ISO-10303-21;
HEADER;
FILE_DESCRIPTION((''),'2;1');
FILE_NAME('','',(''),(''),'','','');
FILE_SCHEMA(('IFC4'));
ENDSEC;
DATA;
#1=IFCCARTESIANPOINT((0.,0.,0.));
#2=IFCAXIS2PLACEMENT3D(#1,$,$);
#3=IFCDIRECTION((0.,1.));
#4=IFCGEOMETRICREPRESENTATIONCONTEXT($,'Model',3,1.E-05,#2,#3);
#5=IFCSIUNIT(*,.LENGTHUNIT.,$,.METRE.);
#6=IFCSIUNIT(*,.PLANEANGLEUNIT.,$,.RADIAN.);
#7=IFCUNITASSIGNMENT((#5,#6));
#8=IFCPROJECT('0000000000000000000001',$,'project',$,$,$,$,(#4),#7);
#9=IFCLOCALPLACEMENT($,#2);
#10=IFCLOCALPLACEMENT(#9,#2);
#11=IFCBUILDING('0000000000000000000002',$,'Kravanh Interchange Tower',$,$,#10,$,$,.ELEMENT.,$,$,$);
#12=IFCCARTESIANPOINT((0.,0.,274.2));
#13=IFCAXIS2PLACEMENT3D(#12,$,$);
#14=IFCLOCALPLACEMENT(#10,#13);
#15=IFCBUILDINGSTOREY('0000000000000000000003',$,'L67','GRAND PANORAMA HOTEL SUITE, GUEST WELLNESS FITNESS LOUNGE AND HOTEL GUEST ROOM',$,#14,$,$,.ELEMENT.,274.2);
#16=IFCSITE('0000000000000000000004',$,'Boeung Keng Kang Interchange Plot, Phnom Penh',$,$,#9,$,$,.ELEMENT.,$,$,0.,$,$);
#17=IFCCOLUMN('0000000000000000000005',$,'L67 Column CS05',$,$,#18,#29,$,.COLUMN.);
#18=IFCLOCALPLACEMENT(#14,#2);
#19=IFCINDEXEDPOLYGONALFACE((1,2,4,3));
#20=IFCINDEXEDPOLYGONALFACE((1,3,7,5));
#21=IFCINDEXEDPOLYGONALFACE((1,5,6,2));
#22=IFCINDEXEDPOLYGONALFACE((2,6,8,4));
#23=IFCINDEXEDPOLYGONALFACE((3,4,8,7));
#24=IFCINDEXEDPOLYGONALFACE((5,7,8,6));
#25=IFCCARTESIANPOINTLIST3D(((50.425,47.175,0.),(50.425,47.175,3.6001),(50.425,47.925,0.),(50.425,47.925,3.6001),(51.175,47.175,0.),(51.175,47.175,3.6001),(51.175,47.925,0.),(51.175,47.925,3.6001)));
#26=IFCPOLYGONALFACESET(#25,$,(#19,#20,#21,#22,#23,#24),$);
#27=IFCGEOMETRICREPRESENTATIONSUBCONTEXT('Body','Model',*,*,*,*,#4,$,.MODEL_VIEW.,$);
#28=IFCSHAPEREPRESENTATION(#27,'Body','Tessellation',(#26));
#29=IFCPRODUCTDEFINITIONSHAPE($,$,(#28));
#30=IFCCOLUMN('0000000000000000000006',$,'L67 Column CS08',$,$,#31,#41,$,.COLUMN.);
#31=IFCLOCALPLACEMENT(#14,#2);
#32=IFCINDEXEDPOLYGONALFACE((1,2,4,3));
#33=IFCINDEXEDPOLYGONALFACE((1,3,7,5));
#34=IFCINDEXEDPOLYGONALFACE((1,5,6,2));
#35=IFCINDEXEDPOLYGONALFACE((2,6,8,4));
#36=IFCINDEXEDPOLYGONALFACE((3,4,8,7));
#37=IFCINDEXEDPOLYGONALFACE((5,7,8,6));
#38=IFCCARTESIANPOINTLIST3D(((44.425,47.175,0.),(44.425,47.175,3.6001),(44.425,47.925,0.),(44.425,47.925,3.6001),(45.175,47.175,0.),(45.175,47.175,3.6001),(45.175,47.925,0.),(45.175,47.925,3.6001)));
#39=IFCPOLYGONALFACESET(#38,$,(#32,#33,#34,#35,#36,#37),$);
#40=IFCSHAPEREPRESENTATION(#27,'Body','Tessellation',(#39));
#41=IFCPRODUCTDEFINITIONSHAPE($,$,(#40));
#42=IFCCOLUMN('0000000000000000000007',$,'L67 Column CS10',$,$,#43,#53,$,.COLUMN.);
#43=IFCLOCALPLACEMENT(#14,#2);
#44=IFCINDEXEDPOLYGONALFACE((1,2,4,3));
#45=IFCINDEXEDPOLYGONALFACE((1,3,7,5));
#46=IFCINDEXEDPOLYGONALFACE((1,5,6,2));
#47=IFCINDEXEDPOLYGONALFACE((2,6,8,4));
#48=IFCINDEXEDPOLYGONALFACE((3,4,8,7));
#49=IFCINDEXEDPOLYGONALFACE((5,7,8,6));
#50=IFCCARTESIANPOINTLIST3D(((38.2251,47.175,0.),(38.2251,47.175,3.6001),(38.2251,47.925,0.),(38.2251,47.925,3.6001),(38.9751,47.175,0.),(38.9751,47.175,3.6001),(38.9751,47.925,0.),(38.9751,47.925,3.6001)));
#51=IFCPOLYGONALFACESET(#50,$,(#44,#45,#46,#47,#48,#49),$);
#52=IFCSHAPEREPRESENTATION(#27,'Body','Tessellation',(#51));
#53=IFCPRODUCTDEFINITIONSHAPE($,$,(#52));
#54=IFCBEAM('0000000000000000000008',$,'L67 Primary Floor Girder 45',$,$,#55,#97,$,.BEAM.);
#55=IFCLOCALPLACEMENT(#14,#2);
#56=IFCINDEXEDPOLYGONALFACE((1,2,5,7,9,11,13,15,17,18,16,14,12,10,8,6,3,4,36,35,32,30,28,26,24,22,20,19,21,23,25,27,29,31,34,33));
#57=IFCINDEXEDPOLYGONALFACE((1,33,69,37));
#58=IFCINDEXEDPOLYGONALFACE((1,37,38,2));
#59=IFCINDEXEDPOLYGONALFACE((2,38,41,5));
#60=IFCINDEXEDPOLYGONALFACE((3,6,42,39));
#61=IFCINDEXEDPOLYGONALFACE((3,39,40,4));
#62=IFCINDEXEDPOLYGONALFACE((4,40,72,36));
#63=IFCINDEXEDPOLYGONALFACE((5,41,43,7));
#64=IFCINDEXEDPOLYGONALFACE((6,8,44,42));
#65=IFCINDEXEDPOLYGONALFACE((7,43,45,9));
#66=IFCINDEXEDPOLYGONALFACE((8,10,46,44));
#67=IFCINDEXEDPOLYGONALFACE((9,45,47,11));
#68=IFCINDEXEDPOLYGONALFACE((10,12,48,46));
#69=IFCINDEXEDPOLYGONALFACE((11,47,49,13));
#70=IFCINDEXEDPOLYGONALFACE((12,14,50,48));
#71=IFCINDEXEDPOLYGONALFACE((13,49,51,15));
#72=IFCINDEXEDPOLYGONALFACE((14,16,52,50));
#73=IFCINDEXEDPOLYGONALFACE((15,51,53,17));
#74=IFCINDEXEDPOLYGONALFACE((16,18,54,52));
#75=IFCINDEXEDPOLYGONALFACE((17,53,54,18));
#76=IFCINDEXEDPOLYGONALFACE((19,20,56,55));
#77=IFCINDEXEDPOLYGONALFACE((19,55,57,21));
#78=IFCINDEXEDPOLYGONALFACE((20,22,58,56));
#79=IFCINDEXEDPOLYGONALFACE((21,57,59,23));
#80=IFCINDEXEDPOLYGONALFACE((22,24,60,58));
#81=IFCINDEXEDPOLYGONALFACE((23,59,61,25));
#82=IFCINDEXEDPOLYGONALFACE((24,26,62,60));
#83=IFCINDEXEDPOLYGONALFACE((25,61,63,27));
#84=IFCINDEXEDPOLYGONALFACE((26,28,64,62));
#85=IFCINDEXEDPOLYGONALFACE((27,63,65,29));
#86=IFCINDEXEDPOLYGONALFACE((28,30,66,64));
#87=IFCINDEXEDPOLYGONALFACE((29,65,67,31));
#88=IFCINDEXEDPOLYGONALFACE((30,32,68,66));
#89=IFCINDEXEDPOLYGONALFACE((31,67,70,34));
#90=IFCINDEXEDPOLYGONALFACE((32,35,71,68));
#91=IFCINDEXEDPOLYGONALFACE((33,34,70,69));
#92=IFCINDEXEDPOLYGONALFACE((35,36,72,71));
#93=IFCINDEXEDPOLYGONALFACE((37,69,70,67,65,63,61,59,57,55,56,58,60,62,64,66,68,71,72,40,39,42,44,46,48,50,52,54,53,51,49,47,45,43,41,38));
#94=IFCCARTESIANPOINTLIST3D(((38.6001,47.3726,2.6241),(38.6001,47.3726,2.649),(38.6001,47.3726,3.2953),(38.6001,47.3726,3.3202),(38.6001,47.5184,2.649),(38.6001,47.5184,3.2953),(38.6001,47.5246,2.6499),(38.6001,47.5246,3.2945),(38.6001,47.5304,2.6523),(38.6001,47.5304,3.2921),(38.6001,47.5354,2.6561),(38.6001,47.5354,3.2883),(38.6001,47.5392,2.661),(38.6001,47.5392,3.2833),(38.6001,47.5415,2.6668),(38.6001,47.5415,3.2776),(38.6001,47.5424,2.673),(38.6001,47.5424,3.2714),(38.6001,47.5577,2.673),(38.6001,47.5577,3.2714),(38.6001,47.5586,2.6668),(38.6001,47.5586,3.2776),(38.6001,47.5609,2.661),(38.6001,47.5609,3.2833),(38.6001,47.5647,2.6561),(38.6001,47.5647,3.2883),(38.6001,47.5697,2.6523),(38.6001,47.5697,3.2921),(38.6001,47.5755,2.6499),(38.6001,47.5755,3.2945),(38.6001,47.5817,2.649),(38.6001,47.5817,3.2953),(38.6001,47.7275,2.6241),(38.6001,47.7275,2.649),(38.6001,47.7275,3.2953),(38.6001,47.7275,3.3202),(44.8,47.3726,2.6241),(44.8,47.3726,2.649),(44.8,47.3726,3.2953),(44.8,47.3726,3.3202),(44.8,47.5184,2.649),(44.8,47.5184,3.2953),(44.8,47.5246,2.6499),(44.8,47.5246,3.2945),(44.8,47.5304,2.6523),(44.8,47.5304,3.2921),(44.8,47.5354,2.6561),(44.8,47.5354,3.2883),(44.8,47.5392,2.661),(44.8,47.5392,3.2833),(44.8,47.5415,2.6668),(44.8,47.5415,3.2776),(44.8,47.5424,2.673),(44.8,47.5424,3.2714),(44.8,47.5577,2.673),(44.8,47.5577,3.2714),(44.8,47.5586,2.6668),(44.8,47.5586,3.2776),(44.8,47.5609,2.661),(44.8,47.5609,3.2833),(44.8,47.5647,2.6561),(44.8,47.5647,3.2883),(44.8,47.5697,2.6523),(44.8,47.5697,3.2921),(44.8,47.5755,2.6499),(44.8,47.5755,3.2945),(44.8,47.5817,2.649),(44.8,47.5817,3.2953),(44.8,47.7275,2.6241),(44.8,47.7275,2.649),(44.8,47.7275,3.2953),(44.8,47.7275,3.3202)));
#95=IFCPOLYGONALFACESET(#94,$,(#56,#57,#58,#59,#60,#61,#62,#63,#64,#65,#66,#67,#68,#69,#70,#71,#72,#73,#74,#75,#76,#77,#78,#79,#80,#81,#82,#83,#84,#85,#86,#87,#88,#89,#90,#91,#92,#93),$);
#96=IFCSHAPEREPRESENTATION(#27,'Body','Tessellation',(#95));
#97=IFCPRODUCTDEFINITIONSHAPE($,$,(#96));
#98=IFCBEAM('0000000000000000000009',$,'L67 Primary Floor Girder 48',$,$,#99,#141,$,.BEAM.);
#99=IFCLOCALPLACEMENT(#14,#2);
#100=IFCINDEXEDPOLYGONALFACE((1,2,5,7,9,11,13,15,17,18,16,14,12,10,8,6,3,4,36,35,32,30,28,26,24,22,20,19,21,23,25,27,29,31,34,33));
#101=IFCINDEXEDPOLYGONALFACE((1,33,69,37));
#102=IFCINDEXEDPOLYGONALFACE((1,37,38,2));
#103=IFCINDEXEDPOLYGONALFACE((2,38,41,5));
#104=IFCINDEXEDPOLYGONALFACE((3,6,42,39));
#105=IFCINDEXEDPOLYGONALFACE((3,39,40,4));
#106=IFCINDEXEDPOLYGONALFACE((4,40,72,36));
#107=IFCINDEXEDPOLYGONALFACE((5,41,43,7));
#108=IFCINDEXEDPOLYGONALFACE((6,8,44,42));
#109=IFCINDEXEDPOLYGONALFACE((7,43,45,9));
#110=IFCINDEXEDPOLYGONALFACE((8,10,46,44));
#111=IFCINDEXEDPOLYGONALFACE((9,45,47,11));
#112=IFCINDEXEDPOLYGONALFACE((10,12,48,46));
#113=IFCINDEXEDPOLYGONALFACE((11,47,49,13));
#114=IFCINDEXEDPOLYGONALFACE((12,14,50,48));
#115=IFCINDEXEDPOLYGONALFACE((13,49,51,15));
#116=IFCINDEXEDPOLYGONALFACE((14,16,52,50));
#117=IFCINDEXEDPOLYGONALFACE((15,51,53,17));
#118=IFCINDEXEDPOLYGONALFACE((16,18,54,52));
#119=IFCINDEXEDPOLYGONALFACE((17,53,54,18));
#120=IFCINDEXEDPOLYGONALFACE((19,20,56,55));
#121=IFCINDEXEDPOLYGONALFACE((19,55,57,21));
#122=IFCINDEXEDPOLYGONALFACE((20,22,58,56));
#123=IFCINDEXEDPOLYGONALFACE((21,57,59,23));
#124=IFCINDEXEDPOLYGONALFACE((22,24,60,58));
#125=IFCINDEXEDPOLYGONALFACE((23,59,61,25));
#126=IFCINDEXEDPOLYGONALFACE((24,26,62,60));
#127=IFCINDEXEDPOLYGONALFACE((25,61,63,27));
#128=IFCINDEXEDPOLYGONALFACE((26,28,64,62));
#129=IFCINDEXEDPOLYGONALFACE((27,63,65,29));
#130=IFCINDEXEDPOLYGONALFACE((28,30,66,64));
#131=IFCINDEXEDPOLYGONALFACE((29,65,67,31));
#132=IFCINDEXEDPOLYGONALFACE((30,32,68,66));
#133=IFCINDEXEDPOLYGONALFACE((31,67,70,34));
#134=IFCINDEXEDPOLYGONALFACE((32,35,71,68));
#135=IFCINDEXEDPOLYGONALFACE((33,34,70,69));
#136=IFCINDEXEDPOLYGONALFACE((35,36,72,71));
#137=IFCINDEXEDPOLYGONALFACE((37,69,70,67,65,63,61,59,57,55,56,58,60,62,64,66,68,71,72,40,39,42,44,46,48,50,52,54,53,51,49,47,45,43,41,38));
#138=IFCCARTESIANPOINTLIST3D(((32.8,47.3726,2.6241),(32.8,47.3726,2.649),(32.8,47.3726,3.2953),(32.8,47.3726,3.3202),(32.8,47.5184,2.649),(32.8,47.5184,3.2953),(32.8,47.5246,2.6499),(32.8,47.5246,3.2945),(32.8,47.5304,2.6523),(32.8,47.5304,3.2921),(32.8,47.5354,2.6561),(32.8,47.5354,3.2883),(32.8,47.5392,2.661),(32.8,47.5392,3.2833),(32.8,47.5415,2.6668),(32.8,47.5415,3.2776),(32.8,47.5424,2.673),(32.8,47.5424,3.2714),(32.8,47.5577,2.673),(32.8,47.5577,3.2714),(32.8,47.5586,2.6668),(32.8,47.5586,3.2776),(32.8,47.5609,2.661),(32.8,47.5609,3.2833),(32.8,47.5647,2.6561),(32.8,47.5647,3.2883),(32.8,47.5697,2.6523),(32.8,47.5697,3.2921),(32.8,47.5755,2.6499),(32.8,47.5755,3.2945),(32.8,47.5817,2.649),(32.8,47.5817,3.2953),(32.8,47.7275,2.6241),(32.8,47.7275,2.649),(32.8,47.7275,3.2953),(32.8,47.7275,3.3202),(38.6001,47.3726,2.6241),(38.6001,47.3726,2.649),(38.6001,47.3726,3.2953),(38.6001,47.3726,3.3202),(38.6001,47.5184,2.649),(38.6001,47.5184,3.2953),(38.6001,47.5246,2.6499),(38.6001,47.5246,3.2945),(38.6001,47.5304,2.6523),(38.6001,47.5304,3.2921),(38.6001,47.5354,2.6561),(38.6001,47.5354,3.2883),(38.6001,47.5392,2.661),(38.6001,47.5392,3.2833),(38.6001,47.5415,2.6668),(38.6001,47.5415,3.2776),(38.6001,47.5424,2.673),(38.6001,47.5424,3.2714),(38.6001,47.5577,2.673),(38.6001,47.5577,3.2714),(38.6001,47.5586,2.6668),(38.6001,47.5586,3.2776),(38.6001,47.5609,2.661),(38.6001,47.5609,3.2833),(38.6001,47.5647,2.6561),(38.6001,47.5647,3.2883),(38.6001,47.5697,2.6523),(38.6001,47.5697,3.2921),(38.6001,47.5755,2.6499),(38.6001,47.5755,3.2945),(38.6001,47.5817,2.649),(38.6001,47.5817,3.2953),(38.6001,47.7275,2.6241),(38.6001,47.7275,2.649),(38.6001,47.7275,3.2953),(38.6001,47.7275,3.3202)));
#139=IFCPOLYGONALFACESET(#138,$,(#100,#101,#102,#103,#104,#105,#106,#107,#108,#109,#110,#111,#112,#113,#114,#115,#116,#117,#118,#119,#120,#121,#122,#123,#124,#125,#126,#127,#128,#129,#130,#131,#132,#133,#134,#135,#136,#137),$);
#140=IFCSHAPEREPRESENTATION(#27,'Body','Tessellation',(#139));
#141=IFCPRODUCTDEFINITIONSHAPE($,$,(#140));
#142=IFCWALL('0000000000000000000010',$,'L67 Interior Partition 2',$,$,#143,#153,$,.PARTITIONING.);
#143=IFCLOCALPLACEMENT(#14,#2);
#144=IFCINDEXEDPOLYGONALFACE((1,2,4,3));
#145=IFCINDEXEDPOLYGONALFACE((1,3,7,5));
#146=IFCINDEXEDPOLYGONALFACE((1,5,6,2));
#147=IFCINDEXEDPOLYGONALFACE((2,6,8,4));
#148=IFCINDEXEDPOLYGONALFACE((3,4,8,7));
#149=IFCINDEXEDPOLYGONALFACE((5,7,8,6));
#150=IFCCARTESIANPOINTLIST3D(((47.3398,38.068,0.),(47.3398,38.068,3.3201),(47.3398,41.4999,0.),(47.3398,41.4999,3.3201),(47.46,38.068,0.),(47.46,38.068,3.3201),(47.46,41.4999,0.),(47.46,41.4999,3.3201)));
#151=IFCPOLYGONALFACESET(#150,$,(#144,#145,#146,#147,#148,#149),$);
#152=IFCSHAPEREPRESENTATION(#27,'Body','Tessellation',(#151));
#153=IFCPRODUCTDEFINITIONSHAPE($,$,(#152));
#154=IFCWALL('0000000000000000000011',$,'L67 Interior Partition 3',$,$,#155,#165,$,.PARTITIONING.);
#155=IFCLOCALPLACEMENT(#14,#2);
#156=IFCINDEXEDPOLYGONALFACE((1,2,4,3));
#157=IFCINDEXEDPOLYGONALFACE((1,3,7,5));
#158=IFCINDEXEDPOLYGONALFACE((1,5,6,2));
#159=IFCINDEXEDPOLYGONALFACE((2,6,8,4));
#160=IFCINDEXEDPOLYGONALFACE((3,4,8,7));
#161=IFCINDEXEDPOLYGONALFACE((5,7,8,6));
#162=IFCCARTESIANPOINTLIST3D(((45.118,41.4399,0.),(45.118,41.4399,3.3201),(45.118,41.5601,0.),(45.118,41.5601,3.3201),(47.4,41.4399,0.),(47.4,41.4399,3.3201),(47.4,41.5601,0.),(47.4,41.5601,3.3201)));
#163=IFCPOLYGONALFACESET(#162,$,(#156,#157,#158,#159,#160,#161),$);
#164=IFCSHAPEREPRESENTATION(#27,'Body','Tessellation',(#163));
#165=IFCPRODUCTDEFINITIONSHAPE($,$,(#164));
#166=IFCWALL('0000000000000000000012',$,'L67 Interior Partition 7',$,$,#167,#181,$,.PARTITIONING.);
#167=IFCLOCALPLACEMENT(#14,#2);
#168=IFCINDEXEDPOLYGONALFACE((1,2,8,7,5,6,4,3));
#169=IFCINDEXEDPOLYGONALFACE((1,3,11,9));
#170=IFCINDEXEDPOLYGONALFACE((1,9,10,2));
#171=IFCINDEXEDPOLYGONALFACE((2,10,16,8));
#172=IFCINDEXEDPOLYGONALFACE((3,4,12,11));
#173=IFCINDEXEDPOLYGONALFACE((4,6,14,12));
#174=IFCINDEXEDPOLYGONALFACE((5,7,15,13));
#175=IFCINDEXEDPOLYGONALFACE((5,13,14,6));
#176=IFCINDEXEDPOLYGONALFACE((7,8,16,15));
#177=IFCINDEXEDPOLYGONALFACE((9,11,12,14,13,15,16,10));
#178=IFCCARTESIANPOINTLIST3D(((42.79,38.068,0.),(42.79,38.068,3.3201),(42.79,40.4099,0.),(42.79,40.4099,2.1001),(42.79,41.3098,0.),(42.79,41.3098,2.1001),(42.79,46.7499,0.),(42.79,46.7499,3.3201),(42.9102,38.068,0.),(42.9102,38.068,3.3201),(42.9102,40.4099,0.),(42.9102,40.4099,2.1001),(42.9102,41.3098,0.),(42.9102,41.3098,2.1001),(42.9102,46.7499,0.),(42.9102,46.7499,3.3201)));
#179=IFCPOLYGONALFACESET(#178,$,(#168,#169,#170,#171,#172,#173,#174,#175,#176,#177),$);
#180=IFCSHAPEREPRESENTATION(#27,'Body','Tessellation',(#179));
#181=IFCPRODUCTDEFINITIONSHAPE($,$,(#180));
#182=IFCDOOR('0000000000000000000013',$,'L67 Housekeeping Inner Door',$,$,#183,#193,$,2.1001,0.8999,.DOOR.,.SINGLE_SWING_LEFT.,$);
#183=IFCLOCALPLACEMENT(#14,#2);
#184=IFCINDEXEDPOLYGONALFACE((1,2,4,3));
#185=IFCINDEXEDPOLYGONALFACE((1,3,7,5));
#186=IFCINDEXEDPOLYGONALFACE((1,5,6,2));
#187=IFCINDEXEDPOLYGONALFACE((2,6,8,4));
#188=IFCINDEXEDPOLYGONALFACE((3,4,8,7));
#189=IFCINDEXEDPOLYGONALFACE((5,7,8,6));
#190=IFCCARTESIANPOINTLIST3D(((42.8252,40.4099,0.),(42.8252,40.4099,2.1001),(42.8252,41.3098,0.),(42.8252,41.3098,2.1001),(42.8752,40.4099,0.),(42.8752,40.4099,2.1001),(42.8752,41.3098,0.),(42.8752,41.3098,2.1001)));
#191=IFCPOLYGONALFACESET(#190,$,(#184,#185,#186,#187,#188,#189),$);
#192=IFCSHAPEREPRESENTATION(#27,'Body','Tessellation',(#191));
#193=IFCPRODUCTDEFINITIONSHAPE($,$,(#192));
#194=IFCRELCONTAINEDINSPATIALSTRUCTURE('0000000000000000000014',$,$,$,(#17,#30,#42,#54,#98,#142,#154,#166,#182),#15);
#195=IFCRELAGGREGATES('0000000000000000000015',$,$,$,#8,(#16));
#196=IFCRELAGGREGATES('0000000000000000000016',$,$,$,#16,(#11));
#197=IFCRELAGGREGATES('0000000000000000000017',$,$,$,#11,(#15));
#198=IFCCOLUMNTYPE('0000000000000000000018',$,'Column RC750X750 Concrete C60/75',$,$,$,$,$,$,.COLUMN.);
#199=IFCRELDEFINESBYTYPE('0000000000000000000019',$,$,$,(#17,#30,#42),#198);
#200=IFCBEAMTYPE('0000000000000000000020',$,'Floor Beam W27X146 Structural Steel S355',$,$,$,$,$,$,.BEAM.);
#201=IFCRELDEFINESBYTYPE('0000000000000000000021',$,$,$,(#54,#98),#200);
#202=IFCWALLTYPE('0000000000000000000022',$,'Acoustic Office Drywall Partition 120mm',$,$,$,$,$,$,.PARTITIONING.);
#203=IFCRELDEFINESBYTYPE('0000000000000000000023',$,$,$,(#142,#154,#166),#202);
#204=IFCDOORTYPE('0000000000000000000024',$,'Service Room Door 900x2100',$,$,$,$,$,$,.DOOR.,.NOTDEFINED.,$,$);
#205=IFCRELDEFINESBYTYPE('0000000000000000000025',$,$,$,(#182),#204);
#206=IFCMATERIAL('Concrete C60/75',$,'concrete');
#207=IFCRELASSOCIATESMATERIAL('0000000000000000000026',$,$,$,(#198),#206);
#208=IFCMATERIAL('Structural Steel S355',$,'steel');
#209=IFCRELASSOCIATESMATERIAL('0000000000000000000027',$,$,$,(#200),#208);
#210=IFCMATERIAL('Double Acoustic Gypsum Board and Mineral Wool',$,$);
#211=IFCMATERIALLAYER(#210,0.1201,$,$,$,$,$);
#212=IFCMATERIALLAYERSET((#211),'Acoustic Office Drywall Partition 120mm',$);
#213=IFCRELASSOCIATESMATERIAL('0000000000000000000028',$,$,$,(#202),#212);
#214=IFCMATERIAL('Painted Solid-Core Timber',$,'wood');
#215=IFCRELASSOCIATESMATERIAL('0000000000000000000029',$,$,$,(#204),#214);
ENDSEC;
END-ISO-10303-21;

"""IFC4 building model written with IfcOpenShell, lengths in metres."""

from ifc_helpers import new_model, si_unit, direction, frame, frame_2d, origin, origin_2d, place, context, subcontext, project, spatial, rectangle, i_section, extrude, material, layer, layer_set, material_profile, profile_set, type_object, element, fill, save


model = new_model("IFC4")

# Units and contexts
model_context = context("Model", 3, precision=1e-05, world=origin(), true_north=direction((0.0, 1.0)))
body_context = subcontext(model_context, "Body", "Model", "MODEL_VIEW")
ifc_project = project(units=[si_unit("LENGTHUNIT", "METRE"), si_unit("PLANEANGLEUNIT", "RADIAN")], contexts=[model_context])

# Site, building, storey
site_placement = place(None, origin())
site = spatial("IfcSite", under=ifc_project, at=site_placement, Name="Boeung Keng Kang Interchange Plot, Phnom Penh", CompositionType="ELEMENT", RefElevation=0.0)
building_placement = place(site_placement, origin())
building = spatial("IfcBuilding", under=site, at=building_placement, Name="Kravanh Interchange Tower", CompositionType="ELEMENT")
storey_placement = place(building_placement, frame((0.0, 0.0, 274.2)))
storey = spatial("IfcBuildingStorey", under=building, at=storey_placement, Name="L67", Description="GRAND PANORAMA HOTEL SUITE, GUEST WELLNESS FITNESS LOUNGE AND HOTEL GUEST ROOM", CompositionType="ELEMENT", Elevation=274.2)

# Columns
ifc_material_1 = material(Name="Concrete C60/75", Category="concrete")
ifc_material_profile_1 = material_profile(ifc_material_1, rectangle(XDim=0.75, YDim=0.75, at=origin_2d()), Name="RC750X750")
ifc_profile_set_1 = profile_set([ifc_material_profile_1], Name="Concrete C60/75")
column_type = type_object("IfcColumnType", Name="Column RC750X750 Concrete C60/75", PredefinedType="COLUMN", material=ifc_profile_set_1)
for number, where, z_axis, x_axis, name in (
    (1, (50.8, 47.55, 0.0), (0.0, 0.0, 1.0), (1.0, 0.0, 0.0), "L67 Column CS05"),
    (2, (44.8, 47.55, 0.0), (0.0, 0.0, 1.0), (1.0, 0.0, 0.0), "L67 Column CS08"),
    (3, (38.6001, 47.55, 0.0), (0.0, 0.0, 1.0), (1.0, 0.0, 0.0), "L67 Column CS10"),
):
    element("IfcColumn", number, at=place(storey_placement, frame(where, z_axis=z_axis, x_axis=x_axis)), inside=storey, type_object=column_type, Name=name, PredefinedType="COLUMN", context=body_context, shape_type="SweptSolid", body=[
        extrude(rectangle(XDim=0.75, YDim=0.75, at=origin_2d()), origin(), (0.0, 0.0, 1.0), 3.6001),
    ])

# Beams
ifc_material_2 = material(Name="Structural Steel S355", Category="steel")
ifc_material_profile_2 = material_profile(ifc_material_2, i_section(OverallWidth=0.355, OverallDepth=0.696, WebThickness=0.0154, FlangeThickness=0.0249, FilletRadius=0.0239, at=origin_2d()), Name="W27X146")
ifc_profile_set_2 = profile_set([ifc_material_profile_2], Name="Structural Steel S355")
beam_type = type_object("IfcBeamType", Name="Floor Beam W27X146 Structural Steel S355", PredefinedType="BEAM", material=ifc_profile_set_2)
beam_1_placement = place(storey_placement, frame((44.8, 47.55, 2.9722), z_axis=(-1.0, 0.0, 0.0), x_axis=(0.0, -1.0, 0.0)))
element("IfcBeam", 4, at=beam_1_placement, inside=storey, type_object=beam_type, Name="L67 Primary Floor Girder 45", PredefinedType="BEAM", context=body_context, shape_type="SweptSolid", body=[
    extrude(i_section(OverallWidth=0.355, OverallDepth=0.696, WebThickness=0.0154, FlangeThickness=0.0249, FilletRadius=0.0239, at=origin_2d()), origin(), (0.0, 0.0, 1.0), 6.2),
])
beam_2_placement = place(storey_placement, frame((38.6001, 47.55, 2.9722), z_axis=(-1.0, 0.0, 0.0), x_axis=(0.0, -1.0, 0.0)))
element("IfcBeam", 5, at=beam_2_placement, inside=storey, type_object=beam_type, Name="L67 Primary Floor Girder 48", PredefinedType="BEAM", context=body_context, shape_type="SweptSolid", body=[
    extrude(i_section(OverallWidth=0.355, OverallDepth=0.696, WebThickness=0.0154, FlangeThickness=0.0249, FilletRadius=0.0239, at=origin_2d()), origin(), (0.0, 0.0, 1.0), 5.8),
])

# Walls
ifc_material_3 = material(Name="Double Acoustic Gypsum Board and Mineral Wool")
ifc_layer_1 = layer(ifc_material_3, 0.1201)
ifc_layer_set_1 = layer_set([ifc_layer_1], Name="Acoustic Office Drywall Partition 120mm")
wall_type_1 = type_object("IfcWallType", Name="Acoustic Office Drywall Partition 120mm", PredefinedType="PARTITIONING", material=ifc_layer_set_1)
wall_1_placement = place(storey_placement, frame((47.3999, 38.0681, 0.0), z_axis=(0.0, 0.0, 1.0), x_axis=(0.0, 1.0, 0.0)))
element("IfcWall", 6, at=wall_1_placement, inside=storey, type_object=wall_type_1, Name="L67 Interior Partition 2", PredefinedType="PARTITIONING", context=body_context, shape_type="SweptSolid", body=[
    extrude(rectangle(XDim=3.4319, YDim=0.1201, at=frame_2d((1.7158, 0.0))), origin(), (0.0, 0.0, 1.0), 3.3201),
])
wall_2_placement = place(storey_placement, frame((45.1179, 41.5, 0.0), z_axis=(0.0, 0.0, 1.0), x_axis=(1.0, 0.0, 0.0)))
element("IfcWall", 7, at=wall_2_placement, inside=storey, type_object=wall_type_1, Name="L67 Interior Partition 3", PredefinedType="PARTITIONING", context=body_context, shape_type="SweptSolid", body=[
    extrude(rectangle(XDim=2.282, YDim=0.1201, at=frame_2d((1.1411, 0.0))), origin(), (0.0, 0.0, 1.0), 3.3201),
])

# Wall, opening, door
wall_3_placement = place(storey_placement, frame((42.8501, 38.0681, 0.0), z_axis=(0.0, 0.0, 1.0), x_axis=(0.0, 1.0, 0.0)))
wall_3 = element("IfcWall", 8, at=wall_3_placement, inside=storey, type_object=wall_type_1, Name="L67 Interior Partition 7", PredefinedType="PARTITIONING", context=body_context, shape_type="SweptSolid", body=[
    extrude(rectangle(XDim=8.6819, YDim=0.1201, at=frame_2d((4.3408, 0.0))), origin(), (0.0, 0.0, 1.0), 3.3201),
])
opening_1_placement = place(wall_3_placement, frame((2.3418, 0.0, 0.0)))
opening_1 = element("IfcOpeningElement", 9, at=opening_1_placement, cuts=wall_3, PredefinedType="OPENING", context=body_context, shape_type="SweptSolid", body=[
    extrude(rectangle(XDim=0.8999, YDim=2.1001, at=frame_2d((0.45, 1.05))), frame((0.0, 0.0701, 0.0), z_axis=(0.0, -1.0, 0.0), x_axis=(1.0, 0.0, 0.0)), (0.0, 0.0, 1.0), 0.1401),
])
ifc_material_4 = material(Name="Painted Solid-Core Timber", Category="wood")
door_type_1 = type_object("IfcDoorType", Name="Service Room Door 900x2100", OperationType="NOTDEFINED", PredefinedType="DOOR", material=ifc_material_4)
door_1_placement = place(opening_1_placement, origin())
door_1 = element("IfcDoor", 10, at=door_1_placement, inside=storey, type_object=door_type_1, Name="L67 Housekeeping Inner Door", OperationType="SINGLE_SWING_LEFT", OverallHeight=2.1001, OverallWidth=0.8999, PredefinedType="DOOR", context=body_context, shape_type="SweptSolid", body=[
    extrude(rectangle(XDim=0.8999, YDim=2.1001, at=frame_2d((0.45, 1.05))), frame((0.0, 0.0249, 0.0), z_axis=(0.0, -1.0, 0.0), x_axis=(1.0, 0.0, 0.0)), (0.0, 0.0, 1.0), 0.05),
])
fill(opening_1, door_1)

save(model, "model.ifc")
